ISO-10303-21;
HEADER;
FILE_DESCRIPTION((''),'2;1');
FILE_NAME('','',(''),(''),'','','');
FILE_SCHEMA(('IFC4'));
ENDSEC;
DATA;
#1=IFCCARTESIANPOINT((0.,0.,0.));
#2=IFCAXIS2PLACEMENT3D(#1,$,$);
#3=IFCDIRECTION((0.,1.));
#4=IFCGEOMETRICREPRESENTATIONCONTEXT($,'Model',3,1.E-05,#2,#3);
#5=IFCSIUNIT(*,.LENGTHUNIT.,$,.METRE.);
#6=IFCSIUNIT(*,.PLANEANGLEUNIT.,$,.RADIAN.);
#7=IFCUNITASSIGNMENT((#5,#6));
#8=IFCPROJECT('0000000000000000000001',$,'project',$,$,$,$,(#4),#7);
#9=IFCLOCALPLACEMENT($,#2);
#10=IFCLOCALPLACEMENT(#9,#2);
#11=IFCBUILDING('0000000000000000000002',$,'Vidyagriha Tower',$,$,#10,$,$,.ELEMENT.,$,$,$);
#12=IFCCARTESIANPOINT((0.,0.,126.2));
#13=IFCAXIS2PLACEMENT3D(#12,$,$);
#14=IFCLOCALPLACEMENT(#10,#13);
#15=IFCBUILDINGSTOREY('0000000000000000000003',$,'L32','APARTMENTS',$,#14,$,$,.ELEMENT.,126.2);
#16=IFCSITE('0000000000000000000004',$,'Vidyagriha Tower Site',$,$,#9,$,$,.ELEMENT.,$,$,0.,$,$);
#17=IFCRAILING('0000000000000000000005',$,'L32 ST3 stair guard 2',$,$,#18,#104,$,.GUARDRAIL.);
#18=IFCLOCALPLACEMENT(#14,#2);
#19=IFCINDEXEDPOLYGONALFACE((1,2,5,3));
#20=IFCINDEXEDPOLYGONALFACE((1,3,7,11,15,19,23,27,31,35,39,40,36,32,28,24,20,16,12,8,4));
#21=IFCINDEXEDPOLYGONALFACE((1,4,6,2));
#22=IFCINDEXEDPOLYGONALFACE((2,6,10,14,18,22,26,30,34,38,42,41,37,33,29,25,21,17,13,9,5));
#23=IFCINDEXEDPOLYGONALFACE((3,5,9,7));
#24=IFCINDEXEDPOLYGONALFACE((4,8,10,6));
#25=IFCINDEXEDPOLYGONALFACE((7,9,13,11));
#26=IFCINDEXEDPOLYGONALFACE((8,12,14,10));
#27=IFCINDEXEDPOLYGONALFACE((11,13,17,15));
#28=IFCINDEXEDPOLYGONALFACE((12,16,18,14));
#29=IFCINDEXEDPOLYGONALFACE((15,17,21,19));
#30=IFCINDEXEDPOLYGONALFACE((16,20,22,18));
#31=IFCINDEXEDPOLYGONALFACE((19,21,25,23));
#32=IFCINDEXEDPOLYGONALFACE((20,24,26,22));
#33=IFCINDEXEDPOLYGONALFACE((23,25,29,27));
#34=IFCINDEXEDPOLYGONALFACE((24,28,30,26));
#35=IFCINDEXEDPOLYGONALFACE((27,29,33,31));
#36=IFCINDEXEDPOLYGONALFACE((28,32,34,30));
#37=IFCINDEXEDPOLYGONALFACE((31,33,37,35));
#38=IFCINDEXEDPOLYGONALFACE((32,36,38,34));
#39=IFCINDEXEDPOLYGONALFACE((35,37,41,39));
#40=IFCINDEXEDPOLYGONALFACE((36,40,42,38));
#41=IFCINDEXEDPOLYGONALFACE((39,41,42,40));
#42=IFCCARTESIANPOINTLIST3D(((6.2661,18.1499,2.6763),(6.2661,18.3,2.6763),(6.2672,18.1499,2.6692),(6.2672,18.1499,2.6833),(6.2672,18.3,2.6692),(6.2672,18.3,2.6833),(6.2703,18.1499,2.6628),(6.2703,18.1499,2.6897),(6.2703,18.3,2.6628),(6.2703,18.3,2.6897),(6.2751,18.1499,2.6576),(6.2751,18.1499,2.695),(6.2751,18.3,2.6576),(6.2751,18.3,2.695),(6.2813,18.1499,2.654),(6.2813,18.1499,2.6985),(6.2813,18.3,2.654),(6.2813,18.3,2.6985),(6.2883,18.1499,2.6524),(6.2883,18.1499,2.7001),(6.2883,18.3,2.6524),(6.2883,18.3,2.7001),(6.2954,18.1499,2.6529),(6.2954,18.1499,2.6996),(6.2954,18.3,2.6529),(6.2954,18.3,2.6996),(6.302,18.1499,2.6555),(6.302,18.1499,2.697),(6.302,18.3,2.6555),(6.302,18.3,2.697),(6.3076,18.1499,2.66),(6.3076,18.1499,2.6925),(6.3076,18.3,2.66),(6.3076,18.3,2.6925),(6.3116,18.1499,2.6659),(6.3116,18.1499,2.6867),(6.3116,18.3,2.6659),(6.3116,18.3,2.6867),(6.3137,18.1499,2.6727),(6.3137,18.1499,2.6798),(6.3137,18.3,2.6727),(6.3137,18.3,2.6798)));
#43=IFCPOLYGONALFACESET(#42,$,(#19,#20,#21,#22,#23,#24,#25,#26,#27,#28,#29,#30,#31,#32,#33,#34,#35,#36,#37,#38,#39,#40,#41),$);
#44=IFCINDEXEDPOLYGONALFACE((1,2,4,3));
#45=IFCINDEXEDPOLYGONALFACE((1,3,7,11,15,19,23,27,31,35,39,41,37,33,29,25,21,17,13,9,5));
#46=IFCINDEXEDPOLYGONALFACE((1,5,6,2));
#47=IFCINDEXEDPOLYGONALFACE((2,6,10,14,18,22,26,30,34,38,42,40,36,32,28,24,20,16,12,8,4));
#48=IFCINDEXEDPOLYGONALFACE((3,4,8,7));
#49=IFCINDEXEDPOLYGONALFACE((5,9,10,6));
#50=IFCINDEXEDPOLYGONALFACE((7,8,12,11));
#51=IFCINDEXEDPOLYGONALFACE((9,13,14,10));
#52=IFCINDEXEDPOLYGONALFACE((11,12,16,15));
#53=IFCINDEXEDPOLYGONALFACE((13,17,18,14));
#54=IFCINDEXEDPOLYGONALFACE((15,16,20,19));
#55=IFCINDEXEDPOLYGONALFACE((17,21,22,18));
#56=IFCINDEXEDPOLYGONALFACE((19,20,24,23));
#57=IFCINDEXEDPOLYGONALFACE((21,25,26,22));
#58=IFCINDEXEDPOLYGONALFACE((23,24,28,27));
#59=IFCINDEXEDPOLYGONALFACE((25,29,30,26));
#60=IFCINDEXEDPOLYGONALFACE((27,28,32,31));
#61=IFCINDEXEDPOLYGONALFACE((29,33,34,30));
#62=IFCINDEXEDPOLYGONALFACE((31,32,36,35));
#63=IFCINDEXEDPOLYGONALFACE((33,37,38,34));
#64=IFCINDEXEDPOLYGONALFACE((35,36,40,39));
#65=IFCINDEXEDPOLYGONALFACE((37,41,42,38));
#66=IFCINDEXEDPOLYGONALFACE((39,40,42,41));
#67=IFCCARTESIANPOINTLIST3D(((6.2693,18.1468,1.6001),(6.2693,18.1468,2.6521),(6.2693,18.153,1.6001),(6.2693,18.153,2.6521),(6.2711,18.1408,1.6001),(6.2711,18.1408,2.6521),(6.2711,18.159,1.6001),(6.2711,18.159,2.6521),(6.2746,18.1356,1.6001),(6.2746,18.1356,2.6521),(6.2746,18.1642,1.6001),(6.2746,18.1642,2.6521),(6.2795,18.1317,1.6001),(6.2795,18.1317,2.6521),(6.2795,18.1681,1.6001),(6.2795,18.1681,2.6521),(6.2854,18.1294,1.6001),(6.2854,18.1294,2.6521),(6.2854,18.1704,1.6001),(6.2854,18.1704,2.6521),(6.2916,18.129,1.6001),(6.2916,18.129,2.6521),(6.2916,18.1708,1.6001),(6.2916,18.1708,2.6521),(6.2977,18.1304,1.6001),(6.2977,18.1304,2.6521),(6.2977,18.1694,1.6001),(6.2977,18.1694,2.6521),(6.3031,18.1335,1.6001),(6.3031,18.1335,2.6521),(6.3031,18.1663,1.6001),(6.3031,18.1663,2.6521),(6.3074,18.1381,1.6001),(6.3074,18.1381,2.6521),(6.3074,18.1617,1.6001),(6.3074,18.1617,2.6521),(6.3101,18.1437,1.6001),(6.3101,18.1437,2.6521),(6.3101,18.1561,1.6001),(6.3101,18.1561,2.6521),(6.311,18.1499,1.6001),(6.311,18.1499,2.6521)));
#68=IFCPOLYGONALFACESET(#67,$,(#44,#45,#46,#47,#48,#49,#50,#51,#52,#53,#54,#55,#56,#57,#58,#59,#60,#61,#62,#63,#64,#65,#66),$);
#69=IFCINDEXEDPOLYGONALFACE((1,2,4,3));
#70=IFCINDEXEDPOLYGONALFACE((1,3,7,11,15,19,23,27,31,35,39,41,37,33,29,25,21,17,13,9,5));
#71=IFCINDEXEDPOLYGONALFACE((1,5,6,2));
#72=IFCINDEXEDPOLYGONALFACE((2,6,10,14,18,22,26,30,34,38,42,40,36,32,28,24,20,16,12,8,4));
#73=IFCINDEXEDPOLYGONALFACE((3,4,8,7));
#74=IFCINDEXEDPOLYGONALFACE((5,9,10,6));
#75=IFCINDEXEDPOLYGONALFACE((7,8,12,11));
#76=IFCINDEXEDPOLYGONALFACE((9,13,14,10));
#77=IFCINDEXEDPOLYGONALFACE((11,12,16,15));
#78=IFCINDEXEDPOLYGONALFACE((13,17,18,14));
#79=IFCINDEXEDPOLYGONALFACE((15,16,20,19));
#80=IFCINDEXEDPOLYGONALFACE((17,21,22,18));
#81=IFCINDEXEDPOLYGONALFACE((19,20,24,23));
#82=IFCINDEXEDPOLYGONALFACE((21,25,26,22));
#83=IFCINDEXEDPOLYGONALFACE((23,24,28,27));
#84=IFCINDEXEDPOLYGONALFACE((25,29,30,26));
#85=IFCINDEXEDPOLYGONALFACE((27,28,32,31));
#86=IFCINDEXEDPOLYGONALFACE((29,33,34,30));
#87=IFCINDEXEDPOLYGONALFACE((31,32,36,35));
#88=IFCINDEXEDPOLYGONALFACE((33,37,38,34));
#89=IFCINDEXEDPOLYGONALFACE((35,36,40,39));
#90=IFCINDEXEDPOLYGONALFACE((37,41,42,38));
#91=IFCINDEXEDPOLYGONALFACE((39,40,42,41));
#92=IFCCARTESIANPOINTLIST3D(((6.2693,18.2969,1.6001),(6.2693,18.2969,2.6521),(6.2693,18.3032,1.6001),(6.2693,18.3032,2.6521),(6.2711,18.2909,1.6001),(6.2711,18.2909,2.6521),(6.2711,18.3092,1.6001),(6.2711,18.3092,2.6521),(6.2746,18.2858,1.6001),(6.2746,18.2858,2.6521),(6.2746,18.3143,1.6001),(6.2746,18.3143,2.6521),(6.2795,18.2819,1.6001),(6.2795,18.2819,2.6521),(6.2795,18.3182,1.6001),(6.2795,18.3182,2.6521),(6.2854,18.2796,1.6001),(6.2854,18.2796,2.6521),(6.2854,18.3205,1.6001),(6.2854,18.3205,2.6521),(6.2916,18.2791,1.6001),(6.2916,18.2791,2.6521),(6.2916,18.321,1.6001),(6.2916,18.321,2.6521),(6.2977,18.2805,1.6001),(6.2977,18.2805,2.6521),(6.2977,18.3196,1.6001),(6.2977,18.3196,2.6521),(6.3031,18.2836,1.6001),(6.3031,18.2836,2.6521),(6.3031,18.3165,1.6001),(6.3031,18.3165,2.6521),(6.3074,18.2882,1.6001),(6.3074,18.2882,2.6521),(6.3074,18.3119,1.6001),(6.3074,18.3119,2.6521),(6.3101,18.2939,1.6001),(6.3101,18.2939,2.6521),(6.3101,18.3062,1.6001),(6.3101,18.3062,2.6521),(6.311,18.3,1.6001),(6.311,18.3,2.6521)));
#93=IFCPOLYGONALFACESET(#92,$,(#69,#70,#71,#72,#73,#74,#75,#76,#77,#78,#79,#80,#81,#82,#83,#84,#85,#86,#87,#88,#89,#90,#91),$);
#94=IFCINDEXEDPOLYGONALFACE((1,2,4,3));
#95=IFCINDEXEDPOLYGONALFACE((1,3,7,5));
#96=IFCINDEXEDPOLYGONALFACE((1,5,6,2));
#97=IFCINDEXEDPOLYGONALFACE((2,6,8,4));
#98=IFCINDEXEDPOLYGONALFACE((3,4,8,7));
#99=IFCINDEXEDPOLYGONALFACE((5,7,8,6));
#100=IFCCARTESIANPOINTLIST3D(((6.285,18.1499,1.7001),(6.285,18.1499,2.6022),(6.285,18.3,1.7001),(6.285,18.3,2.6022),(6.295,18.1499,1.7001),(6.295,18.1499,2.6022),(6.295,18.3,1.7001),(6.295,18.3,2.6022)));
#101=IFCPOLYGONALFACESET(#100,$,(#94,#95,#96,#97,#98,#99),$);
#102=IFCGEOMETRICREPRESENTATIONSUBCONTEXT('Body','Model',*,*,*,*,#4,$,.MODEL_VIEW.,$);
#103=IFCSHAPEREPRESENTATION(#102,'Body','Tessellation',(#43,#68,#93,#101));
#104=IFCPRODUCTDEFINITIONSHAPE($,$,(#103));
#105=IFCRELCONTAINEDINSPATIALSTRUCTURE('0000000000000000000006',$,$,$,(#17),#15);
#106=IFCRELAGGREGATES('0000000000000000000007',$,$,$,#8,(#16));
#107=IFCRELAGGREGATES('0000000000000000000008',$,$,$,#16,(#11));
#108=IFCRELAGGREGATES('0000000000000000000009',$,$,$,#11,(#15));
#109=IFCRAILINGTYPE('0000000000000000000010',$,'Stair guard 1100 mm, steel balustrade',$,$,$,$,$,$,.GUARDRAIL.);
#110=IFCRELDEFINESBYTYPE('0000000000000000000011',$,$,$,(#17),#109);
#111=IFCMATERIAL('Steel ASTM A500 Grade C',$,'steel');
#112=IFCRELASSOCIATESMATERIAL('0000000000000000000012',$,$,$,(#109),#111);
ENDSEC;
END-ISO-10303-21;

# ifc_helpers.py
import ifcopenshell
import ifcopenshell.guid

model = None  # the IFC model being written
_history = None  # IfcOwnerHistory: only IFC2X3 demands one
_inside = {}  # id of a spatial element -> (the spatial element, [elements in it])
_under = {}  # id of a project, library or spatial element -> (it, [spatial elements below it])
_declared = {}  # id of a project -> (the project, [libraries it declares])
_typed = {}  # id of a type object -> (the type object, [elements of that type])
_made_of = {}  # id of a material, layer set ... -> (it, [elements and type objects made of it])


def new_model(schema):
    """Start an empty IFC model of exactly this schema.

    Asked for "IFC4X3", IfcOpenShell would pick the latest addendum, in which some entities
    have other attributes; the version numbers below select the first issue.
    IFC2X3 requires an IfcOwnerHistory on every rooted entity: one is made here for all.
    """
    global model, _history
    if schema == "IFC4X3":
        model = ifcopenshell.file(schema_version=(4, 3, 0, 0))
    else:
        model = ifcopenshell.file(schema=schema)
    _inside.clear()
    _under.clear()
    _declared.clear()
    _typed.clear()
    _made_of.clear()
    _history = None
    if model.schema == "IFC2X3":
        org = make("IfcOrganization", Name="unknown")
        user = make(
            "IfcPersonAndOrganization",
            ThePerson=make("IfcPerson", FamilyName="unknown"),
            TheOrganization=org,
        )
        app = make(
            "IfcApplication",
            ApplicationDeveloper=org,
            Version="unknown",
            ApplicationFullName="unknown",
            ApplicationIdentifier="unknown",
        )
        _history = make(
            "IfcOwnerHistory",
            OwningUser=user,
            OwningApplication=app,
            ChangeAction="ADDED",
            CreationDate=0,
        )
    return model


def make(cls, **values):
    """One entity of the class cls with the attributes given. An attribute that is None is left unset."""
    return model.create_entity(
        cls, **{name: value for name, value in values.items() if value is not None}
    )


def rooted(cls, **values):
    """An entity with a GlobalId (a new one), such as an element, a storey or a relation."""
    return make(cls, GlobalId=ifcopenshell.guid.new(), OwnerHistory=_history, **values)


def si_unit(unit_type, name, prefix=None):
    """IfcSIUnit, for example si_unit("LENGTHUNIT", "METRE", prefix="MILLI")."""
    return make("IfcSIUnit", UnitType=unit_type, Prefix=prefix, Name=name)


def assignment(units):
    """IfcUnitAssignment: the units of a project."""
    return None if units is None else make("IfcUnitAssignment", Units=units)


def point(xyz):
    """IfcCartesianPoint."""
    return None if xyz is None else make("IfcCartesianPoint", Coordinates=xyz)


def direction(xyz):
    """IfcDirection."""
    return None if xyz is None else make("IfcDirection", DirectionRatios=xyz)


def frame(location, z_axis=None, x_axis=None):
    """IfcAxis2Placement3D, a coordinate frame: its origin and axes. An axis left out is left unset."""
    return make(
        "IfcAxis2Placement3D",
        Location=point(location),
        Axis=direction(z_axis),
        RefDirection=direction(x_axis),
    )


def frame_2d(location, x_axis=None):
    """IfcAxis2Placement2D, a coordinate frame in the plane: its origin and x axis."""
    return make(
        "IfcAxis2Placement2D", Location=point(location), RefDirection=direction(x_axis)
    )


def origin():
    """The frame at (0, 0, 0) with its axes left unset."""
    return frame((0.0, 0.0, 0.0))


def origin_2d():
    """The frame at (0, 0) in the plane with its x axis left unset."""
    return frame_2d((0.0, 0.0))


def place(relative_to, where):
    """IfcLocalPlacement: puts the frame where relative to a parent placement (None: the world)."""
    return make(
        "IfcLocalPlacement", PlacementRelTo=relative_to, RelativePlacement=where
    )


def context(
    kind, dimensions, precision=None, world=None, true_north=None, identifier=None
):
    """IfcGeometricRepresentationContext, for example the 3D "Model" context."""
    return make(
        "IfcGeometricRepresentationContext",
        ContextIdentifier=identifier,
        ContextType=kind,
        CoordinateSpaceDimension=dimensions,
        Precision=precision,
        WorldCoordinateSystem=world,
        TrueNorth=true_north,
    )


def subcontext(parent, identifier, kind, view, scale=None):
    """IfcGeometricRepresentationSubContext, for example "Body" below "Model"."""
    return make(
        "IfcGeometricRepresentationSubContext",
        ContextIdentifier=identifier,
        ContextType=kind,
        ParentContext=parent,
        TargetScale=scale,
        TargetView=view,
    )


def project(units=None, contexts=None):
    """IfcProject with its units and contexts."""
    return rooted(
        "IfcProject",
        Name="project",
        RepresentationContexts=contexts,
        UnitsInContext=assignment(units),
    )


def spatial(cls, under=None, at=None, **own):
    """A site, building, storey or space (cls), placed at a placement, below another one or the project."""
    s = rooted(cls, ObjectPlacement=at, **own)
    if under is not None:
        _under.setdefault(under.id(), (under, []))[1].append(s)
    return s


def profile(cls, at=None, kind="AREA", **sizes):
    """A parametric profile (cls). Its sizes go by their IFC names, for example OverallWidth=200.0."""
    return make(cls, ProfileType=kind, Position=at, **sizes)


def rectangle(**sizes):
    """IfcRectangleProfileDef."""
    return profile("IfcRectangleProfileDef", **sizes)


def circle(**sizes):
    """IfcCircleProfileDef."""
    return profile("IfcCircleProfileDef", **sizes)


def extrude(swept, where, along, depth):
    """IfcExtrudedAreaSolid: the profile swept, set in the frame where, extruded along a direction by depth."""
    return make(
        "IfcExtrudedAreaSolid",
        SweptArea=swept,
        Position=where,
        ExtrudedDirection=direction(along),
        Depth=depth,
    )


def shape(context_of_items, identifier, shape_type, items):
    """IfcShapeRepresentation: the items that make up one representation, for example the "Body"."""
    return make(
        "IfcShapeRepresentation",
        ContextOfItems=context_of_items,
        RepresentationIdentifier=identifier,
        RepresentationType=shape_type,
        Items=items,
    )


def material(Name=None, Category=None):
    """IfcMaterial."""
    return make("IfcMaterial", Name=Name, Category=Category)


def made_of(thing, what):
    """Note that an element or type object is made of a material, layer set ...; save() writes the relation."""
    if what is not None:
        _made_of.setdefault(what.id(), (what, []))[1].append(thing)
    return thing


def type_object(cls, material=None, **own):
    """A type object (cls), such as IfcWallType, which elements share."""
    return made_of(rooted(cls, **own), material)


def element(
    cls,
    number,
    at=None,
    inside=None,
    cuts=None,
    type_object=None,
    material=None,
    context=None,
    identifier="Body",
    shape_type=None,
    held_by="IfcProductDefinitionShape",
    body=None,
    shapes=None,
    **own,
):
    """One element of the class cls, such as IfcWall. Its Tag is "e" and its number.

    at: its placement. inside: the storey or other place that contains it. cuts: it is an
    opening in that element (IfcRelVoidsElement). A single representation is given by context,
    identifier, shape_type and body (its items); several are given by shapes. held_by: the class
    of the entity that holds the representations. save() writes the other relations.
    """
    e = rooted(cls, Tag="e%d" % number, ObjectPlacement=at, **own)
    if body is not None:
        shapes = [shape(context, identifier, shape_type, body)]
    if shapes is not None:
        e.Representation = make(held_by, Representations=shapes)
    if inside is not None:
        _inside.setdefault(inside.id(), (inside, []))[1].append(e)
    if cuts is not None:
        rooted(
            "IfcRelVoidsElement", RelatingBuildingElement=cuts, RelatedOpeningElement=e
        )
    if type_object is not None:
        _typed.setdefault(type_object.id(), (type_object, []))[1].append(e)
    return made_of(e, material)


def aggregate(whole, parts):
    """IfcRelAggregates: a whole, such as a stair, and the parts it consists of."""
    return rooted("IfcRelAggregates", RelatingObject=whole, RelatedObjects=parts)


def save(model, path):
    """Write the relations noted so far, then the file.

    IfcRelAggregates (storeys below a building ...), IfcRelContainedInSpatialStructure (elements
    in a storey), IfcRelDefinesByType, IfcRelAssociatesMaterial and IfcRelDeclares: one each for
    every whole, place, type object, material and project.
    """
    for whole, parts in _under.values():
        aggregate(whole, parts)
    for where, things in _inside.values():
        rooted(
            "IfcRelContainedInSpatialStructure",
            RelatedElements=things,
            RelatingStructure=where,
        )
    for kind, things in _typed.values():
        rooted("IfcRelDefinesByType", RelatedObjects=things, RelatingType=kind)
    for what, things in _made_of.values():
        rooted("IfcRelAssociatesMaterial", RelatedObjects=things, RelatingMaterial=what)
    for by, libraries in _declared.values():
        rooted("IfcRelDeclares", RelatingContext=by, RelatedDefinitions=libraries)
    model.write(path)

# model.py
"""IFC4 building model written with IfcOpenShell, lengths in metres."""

from ifc_helpers import new_model, si_unit, direction, frame, origin, origin_2d, place, context, subcontext, project, spatial, rectangle, circle, extrude, material, type_object, element, save


model = new_model("IFC4")

# Units and contexts
model_context = context("Model", 3, precision=1e-05, world=origin(), true_north=direction((0.0, 1.0)))
body_context = subcontext(model_context, "Body", "Model", "MODEL_VIEW")
ifc_project = project(units=[si_unit("LENGTHUNIT", "METRE"), si_unit("PLANEANGLEUNIT", "RADIAN")], contexts=[model_context])

# Site, building, storey
site_placement = place(None, origin())
site = spatial("IfcSite", under=ifc_project, at=site_placement, Name="Vidyagriha Tower Site", CompositionType="ELEMENT", RefElevation=0.0)
building_placement = place(site_placement, origin())
building = spatial("IfcBuilding", under=site, at=building_placement, Name="Vidyagriha Tower", CompositionType="ELEMENT")
storey_placement = place(building_placement, frame((0.0, 0.0, 126.2)))
storey = spatial("IfcBuildingStorey", under=building, at=storey_placement, Name="L32", Description="APARTMENTS", CompositionType="ELEMENT", Elevation=126.2)

# Railing
ifc_material_1 = material(Name="Steel ASTM A500 Grade C", Category="steel")
railing_type_1 = type_object("IfcRailingType", Name="Stair guard 1100 mm, steel balustrade", PredefinedType="GUARDRAIL", material=ifc_material_1)
railing_1_placement = place(storey_placement, frame((6.29, 18.1499, 1.6001)))
element("IfcRailing", 1, at=railing_1_placement, inside=storey, type_object=railing_type_1, Name="L32 ST3 stair guard 2", PredefinedType="GUARDRAIL", context=body_context, shape_type="SweptSolid", body=[
    extrude(circle(Radius=0.0239, at=origin_2d()), frame((0.0, 0.0, 1.0762), z_axis=(0.0, 1.0, 0.0), x_axis=(-1.0, 0.0, 0.0)), (0.0, 0.0, 1.0), 0.1501),
    extrude(circle(Radius=0.021, at=origin_2d()), origin(), (0.0, 0.0, 1.0), 1.052),
    extrude(circle(Radius=0.021, at=origin_2d()), frame((0.0, 0.1501, 0.0)), (0.0, 0.0, 1.0), 1.052),
    extrude(rectangle(XDim=0.01, YDim=0.9021, at=origin_2d()), frame((0.0, 0.0, 0.551), z_axis=(0.0, 1.0, 0.0), x_axis=(-1.0, 0.0, 0.0)), (0.0, 0.0, 1.0), 0.1501),
])

save(model, "model.ifc")
